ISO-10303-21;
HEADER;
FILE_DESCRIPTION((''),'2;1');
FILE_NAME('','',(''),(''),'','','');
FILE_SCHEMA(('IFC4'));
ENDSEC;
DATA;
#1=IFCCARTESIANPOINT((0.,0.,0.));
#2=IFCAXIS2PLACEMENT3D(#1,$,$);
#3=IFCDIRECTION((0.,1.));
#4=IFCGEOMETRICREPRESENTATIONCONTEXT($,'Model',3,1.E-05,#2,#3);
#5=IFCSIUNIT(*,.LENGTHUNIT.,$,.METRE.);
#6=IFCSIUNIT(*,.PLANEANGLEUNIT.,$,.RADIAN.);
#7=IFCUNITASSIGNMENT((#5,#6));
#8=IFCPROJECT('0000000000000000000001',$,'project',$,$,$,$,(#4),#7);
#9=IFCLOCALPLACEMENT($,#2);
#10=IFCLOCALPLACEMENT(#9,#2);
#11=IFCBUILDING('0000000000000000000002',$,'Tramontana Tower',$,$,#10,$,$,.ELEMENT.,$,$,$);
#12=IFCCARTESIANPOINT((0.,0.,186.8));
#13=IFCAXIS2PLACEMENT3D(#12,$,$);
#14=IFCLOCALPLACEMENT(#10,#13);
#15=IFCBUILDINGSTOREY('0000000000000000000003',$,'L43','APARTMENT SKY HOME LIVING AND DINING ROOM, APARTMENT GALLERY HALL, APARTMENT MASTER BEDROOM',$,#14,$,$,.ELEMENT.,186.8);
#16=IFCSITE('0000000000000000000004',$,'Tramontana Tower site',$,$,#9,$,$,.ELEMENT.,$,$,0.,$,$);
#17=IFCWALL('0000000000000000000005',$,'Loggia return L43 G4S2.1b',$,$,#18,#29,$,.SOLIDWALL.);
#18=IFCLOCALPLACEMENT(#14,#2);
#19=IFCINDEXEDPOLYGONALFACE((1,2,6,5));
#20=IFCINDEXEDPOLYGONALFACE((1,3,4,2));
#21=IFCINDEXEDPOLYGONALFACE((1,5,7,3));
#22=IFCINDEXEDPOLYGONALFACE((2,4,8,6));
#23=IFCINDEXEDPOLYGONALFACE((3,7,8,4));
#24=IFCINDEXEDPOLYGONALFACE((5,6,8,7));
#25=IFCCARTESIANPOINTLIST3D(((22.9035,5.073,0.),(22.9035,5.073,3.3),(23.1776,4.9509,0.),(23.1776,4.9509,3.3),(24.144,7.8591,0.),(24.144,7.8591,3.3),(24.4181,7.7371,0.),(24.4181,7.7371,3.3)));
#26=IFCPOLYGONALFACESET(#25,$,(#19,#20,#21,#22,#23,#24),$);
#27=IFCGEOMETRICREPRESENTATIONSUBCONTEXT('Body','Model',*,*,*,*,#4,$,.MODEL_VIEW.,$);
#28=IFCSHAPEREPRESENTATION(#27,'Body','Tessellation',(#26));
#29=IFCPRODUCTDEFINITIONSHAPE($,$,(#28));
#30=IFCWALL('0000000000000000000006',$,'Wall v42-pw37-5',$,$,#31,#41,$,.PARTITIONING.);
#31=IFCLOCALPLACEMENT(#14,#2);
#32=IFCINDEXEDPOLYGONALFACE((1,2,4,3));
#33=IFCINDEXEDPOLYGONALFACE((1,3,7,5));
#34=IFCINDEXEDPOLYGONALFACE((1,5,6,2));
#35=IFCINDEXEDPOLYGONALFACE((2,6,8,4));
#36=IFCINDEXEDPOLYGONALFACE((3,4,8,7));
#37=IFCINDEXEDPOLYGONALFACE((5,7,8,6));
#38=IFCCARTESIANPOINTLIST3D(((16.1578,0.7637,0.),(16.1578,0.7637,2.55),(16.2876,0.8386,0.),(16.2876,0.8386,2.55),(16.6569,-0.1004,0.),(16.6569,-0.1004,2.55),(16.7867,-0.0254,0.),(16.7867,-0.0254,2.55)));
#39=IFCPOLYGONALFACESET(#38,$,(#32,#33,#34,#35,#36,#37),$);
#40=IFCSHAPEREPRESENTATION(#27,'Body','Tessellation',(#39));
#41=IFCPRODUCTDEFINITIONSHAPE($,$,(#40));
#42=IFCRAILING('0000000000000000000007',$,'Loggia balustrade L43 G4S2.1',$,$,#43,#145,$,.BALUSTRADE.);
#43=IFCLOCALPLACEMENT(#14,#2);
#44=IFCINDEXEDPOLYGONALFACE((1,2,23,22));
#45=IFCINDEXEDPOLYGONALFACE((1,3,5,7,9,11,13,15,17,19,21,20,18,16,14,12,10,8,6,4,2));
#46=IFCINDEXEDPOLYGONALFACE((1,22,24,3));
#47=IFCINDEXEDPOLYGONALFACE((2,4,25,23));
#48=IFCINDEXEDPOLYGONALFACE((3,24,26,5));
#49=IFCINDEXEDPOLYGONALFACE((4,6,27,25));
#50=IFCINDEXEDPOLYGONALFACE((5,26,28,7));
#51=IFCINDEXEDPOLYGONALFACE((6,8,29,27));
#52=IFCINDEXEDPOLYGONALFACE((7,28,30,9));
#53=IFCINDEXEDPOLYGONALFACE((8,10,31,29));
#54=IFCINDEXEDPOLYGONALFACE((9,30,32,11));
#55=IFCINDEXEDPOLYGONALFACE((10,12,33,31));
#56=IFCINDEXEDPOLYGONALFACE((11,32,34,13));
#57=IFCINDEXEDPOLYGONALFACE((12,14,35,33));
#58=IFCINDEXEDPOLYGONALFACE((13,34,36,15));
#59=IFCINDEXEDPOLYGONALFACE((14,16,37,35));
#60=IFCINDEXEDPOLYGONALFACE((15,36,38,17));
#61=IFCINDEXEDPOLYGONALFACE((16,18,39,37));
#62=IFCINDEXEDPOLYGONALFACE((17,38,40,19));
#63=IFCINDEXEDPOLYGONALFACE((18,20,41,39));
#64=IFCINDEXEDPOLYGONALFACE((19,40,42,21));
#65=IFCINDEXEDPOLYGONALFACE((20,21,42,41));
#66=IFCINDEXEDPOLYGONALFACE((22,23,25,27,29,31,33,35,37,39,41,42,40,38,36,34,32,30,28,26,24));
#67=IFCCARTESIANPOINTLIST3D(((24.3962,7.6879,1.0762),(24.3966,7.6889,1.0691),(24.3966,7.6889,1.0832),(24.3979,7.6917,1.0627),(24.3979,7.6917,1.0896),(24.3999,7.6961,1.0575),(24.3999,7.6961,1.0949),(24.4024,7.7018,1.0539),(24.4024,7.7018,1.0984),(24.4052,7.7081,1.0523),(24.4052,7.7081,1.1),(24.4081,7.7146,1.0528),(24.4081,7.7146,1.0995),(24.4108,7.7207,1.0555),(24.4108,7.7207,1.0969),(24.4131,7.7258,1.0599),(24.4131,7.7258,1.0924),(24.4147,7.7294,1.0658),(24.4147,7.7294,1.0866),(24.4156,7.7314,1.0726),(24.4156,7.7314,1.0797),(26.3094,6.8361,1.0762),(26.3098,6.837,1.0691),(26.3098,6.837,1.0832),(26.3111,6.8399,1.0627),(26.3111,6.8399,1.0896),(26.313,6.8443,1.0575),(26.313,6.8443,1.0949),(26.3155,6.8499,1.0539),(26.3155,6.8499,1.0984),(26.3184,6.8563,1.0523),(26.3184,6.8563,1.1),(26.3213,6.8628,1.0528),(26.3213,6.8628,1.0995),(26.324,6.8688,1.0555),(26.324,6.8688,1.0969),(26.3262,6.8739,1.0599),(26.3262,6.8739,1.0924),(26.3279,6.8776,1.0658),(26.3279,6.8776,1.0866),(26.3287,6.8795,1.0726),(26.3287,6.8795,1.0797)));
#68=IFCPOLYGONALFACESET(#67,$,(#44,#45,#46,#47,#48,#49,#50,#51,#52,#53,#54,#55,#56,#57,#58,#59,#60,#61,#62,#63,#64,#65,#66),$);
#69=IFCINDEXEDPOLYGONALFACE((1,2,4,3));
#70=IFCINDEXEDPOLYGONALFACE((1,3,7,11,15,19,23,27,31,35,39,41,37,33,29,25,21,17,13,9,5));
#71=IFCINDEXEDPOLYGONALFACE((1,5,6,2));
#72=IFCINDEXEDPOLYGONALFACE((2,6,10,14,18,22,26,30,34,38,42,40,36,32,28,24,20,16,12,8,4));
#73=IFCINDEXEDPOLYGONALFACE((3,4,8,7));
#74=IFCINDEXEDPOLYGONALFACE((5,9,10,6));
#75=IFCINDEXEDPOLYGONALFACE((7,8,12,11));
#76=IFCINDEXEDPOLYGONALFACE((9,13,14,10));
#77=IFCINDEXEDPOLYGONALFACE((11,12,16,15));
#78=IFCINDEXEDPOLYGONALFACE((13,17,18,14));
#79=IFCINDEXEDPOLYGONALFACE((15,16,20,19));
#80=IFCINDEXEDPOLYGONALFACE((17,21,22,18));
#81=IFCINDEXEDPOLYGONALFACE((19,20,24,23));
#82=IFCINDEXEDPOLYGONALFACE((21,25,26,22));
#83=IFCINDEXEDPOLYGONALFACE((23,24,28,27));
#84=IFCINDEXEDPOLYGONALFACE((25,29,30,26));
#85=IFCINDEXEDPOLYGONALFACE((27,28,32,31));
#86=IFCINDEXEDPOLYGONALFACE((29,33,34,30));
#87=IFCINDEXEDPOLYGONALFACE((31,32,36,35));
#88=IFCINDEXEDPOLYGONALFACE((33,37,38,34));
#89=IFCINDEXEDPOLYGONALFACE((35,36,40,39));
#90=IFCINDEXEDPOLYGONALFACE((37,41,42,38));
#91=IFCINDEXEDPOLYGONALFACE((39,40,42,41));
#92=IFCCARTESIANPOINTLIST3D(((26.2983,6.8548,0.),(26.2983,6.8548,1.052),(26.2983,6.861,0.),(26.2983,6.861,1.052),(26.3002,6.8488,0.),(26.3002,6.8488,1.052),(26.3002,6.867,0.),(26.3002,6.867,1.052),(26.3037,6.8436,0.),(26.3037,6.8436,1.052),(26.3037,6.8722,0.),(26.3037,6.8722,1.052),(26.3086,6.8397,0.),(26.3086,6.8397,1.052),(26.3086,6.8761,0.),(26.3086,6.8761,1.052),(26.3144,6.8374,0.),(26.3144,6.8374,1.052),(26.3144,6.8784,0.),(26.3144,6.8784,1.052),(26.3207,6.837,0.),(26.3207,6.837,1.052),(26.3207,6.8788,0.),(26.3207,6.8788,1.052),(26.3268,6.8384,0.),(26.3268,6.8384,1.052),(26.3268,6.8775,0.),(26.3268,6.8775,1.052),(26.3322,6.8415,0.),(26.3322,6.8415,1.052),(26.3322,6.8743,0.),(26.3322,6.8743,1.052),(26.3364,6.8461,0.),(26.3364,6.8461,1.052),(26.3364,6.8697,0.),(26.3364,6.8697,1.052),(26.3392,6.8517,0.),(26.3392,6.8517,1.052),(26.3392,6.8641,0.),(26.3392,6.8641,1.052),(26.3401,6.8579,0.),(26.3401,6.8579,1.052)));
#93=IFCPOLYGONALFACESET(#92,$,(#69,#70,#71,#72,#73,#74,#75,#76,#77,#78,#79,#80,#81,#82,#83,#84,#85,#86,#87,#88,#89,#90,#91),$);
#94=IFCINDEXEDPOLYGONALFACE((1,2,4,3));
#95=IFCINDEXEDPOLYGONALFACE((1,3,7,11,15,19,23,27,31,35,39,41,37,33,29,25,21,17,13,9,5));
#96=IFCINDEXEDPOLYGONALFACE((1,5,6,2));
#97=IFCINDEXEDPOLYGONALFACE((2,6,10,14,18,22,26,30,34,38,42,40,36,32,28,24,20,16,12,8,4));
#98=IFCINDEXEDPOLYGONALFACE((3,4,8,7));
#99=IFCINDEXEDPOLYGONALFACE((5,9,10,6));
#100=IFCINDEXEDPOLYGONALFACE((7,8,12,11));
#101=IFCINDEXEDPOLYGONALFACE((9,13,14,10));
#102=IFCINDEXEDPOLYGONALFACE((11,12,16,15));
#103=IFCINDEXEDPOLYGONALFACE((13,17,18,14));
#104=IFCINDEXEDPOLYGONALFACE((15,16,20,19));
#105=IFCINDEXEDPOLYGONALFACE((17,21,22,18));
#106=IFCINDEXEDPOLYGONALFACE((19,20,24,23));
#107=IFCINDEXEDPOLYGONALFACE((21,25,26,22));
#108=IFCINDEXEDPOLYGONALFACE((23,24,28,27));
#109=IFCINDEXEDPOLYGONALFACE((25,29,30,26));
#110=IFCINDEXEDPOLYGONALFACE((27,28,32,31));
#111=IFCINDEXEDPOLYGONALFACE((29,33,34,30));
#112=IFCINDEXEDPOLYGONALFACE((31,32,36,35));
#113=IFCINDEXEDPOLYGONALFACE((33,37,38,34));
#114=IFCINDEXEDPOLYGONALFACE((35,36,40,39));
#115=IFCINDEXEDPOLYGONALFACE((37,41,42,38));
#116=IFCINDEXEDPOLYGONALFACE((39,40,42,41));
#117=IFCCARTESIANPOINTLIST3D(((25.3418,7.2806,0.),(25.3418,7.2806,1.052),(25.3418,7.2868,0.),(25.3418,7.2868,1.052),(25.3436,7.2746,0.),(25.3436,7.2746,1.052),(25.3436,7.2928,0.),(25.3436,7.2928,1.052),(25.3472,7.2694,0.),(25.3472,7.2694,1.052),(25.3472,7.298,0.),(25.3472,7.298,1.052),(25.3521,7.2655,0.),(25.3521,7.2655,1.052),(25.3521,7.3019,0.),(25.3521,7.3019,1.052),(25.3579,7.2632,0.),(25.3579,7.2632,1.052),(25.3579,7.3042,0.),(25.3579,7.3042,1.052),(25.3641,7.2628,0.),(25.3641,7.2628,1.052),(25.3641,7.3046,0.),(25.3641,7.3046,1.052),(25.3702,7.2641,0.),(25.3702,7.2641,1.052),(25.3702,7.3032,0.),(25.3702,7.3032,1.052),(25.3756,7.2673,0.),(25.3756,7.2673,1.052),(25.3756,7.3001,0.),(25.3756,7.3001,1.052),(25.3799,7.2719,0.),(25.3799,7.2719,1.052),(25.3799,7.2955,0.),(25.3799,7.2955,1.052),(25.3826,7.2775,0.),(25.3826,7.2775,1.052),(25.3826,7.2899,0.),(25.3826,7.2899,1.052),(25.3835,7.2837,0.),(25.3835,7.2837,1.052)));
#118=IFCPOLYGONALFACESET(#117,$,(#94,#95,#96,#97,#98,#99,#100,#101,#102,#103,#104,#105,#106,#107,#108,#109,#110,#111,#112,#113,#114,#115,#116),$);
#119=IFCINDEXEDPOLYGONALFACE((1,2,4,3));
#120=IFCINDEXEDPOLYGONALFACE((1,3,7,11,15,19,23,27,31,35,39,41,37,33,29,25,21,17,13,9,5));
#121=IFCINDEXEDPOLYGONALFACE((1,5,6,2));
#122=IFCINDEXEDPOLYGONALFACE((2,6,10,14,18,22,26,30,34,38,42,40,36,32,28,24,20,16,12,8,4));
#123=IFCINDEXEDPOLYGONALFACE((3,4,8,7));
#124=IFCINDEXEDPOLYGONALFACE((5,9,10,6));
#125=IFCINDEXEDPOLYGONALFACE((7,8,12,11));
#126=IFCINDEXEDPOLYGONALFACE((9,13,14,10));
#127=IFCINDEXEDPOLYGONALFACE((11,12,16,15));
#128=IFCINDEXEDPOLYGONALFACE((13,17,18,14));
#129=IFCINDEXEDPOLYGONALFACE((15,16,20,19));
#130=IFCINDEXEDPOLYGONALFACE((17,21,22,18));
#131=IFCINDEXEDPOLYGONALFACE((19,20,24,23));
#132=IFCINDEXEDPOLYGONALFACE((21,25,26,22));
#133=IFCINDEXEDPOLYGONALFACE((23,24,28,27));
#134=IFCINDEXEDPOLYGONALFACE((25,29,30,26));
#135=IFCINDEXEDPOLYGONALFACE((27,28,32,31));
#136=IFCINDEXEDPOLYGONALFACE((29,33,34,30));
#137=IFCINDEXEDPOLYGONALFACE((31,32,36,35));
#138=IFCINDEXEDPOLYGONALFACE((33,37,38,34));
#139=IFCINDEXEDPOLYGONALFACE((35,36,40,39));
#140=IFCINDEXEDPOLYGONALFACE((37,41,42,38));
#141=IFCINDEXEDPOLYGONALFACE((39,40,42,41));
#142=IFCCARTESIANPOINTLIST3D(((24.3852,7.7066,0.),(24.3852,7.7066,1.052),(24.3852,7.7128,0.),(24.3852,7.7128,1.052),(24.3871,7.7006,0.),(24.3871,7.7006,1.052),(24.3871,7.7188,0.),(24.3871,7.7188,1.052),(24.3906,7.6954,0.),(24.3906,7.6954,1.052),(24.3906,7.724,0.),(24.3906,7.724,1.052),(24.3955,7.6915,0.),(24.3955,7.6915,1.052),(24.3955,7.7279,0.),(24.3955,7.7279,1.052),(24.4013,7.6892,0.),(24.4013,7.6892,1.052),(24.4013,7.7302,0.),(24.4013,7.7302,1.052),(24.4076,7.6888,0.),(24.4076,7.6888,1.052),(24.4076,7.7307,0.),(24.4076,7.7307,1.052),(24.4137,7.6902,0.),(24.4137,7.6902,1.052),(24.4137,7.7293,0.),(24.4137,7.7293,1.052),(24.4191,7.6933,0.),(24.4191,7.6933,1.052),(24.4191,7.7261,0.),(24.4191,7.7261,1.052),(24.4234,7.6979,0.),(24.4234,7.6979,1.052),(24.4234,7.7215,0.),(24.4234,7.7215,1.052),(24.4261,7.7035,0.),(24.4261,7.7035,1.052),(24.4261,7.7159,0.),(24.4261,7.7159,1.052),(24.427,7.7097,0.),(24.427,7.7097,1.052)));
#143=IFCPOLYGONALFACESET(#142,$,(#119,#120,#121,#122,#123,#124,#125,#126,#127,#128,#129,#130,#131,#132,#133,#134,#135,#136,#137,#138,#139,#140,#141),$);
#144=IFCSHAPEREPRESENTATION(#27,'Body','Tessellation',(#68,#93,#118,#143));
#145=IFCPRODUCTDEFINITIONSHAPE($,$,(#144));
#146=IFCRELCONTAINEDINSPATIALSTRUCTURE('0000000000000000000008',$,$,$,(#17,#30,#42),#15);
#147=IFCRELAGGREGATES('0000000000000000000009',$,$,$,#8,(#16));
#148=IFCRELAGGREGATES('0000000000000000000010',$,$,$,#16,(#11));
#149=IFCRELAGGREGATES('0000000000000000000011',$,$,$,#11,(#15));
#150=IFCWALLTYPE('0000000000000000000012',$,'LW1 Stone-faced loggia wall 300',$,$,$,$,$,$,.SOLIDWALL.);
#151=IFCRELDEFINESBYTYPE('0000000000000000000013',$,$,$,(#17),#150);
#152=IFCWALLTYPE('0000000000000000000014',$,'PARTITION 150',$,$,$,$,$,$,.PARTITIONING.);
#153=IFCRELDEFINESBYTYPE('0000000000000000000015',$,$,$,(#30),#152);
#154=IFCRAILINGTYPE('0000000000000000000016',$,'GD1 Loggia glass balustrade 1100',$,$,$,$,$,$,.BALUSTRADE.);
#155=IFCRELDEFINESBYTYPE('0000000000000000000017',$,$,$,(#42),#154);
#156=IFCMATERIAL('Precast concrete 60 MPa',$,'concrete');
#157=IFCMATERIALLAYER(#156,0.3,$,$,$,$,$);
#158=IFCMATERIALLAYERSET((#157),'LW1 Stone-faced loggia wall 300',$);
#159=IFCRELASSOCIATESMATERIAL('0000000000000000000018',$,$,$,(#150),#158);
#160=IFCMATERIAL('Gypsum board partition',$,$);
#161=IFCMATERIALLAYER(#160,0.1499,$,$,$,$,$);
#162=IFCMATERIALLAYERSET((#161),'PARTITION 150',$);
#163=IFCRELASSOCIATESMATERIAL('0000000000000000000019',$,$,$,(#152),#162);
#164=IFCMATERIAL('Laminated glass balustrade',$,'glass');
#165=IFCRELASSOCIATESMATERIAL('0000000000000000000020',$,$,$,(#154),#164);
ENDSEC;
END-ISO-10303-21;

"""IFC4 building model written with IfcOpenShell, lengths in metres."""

from ifc_helpers import new_model, si_unit, direction, frame, frame_2d, origin, origin_2d, place, context, subcontext, project, spatial, rectangle, circle, extrude, material, layer, layer_set, type_object, element, save


model = new_model("IFC4")

# Units and contexts
model_context = context("Model", 3, precision=1e-05, world=origin(), true_north=direction((0.0, 1.0)))
body_context = subcontext(model_context, "Body", "Model", "MODEL_VIEW")
ifc_project = project(units=[si_unit("LENGTHUNIT", "METRE"), si_unit("PLANEANGLEUNIT", "RADIAN")], contexts=[model_context])

# Site, building, storey
site_placement = place(None, origin())
site = spatial("IfcSite", under=ifc_project, at=site_placement, Name="Tramontana Tower site", CompositionType="ELEMENT", RefElevation=0.0)
building_placement = place(site_placement, origin())
building = spatial("IfcBuilding", under=site, at=building_placement, Name="Tramontana Tower", CompositionType="ELEMENT")
storey_placement = place(building_placement, frame((0.0, 0.0, 186.8)))
storey = spatial("IfcBuildingStorey", under=building, at=storey_placement, Name="L43", Description="APARTMENT SKY HOME LIVING AND DINING ROOM, APARTMENT GALLERY HALL, APARTMENT MASTER BEDROOM", CompositionType="ELEMENT", Elevation=186.8)

# Shared definitions
ifc_material_1 = material(Name="Precast concrete 60 MPa", Category="concrete")
ifc_layer_1 = layer(ifc_material_1, 0.3)
ifc_layer_set_1 = layer_set([ifc_layer_1], Name="LW1 Stone-faced loggia wall 300")
wall_type_1 = type_object("IfcWallType", Name="LW1 Stone-faced loggia wall 300", PredefinedType="SOLIDWALL", material=ifc_layer_set_1)

# Walls
for number, where, z_axis, x_axis, name in (
    (1, (24.281, 7.7981, 0.0), (0.0, 0.0, 1.0), (-0.40674, -0.913544, 0.0), "Loggia return L43 G4S2.1b"),
):
    element("IfcWall", number, at=place(storey_placement, frame(where, z_axis=z_axis, x_axis=x_axis)), inside=storey, type_object=wall_type_1, Name=name, PredefinedType="SOLIDWALL", context=body_context, shape_type="SweptSolid", body=[
        extrude(rectangle(XDim=3.0498, YDim=0.3, at=frame_2d((1.5249, 0.0))), origin(), (0.0, 0.0, 1.0), 3.3),
    ])
ifc_material_2 = material(Name="Gypsum board partition")
ifc_layer_2 = layer(ifc_material_2, 0.1499)
ifc_layer_set_2 = layer_set([ifc_layer_2], Name="PARTITION 150")
wall_type_2 = type_object("IfcWallType", Name="PARTITION 150", PredefinedType="PARTITIONING", material=ifc_layer_set_2)
wall_1_placement = place(storey_placement, frame((16.2227, 0.8013, 0.0), z_axis=(0.0, 0.0, 1.0), x_axis=(0.500139, -0.865945, 0.0)))
element("IfcWall", 2, at=wall_1_placement, inside=storey, type_object=wall_type_2, Name="Wall v42-pw37-5", PredefinedType="PARTITIONING", context=body_context, shape_type="SweptSolid", body=[
    extrude(rectangle(XDim=0.9978, YDim=0.1499, at=frame_2d((0.499, 0.0))), origin(), (0.0, 0.0, 1.0), 2.55),
])

# Railing
ifc_material_3 = material(Name="Laminated glass balustrade", Category="glass")
railing_type = type_object("IfcRailingType", Name="GD1 Loggia glass balustrade 1100", PredefinedType="BALUSTRADE", material=ifc_material_3)
railing_1_placement = place(storey_placement, frame((26.3191, 6.8579, 0.0)))
element("IfcRailing", 3, at=railing_1_placement, inside=storey, type_object=railing_type, Name="Loggia balustrade L43 G4S2.1", PredefinedType="BALUSTRADE", context=body_context, shape_type="SweptSolid", body=[
    extrude(circle(Radius=0.0239, at=origin_2d()), frame((0.0, 0.0, 1.0762), z_axis=(-0.913537, 0.406755, 0.0), x_axis=(-0.406755, -0.913537, 0.0)), (0.0, 0.0, 1.0), 2.0942),
    extrude(circle(Radius=0.021, at=origin_2d()), origin(), (0.0, 0.0, 1.0), 1.052),
    extrude(circle(Radius=0.021, at=origin_2d()), frame((-0.9565, 0.4258, 0.0)), (0.0, 0.0, 1.0), 1.052),
    extrude(circle(Radius=0.021, at=origin_2d()), frame((-1.9131, 0.8518, 0.0)), (0.0, 0.0, 1.0), 1.052),
])

save(model, "model.ifc")
